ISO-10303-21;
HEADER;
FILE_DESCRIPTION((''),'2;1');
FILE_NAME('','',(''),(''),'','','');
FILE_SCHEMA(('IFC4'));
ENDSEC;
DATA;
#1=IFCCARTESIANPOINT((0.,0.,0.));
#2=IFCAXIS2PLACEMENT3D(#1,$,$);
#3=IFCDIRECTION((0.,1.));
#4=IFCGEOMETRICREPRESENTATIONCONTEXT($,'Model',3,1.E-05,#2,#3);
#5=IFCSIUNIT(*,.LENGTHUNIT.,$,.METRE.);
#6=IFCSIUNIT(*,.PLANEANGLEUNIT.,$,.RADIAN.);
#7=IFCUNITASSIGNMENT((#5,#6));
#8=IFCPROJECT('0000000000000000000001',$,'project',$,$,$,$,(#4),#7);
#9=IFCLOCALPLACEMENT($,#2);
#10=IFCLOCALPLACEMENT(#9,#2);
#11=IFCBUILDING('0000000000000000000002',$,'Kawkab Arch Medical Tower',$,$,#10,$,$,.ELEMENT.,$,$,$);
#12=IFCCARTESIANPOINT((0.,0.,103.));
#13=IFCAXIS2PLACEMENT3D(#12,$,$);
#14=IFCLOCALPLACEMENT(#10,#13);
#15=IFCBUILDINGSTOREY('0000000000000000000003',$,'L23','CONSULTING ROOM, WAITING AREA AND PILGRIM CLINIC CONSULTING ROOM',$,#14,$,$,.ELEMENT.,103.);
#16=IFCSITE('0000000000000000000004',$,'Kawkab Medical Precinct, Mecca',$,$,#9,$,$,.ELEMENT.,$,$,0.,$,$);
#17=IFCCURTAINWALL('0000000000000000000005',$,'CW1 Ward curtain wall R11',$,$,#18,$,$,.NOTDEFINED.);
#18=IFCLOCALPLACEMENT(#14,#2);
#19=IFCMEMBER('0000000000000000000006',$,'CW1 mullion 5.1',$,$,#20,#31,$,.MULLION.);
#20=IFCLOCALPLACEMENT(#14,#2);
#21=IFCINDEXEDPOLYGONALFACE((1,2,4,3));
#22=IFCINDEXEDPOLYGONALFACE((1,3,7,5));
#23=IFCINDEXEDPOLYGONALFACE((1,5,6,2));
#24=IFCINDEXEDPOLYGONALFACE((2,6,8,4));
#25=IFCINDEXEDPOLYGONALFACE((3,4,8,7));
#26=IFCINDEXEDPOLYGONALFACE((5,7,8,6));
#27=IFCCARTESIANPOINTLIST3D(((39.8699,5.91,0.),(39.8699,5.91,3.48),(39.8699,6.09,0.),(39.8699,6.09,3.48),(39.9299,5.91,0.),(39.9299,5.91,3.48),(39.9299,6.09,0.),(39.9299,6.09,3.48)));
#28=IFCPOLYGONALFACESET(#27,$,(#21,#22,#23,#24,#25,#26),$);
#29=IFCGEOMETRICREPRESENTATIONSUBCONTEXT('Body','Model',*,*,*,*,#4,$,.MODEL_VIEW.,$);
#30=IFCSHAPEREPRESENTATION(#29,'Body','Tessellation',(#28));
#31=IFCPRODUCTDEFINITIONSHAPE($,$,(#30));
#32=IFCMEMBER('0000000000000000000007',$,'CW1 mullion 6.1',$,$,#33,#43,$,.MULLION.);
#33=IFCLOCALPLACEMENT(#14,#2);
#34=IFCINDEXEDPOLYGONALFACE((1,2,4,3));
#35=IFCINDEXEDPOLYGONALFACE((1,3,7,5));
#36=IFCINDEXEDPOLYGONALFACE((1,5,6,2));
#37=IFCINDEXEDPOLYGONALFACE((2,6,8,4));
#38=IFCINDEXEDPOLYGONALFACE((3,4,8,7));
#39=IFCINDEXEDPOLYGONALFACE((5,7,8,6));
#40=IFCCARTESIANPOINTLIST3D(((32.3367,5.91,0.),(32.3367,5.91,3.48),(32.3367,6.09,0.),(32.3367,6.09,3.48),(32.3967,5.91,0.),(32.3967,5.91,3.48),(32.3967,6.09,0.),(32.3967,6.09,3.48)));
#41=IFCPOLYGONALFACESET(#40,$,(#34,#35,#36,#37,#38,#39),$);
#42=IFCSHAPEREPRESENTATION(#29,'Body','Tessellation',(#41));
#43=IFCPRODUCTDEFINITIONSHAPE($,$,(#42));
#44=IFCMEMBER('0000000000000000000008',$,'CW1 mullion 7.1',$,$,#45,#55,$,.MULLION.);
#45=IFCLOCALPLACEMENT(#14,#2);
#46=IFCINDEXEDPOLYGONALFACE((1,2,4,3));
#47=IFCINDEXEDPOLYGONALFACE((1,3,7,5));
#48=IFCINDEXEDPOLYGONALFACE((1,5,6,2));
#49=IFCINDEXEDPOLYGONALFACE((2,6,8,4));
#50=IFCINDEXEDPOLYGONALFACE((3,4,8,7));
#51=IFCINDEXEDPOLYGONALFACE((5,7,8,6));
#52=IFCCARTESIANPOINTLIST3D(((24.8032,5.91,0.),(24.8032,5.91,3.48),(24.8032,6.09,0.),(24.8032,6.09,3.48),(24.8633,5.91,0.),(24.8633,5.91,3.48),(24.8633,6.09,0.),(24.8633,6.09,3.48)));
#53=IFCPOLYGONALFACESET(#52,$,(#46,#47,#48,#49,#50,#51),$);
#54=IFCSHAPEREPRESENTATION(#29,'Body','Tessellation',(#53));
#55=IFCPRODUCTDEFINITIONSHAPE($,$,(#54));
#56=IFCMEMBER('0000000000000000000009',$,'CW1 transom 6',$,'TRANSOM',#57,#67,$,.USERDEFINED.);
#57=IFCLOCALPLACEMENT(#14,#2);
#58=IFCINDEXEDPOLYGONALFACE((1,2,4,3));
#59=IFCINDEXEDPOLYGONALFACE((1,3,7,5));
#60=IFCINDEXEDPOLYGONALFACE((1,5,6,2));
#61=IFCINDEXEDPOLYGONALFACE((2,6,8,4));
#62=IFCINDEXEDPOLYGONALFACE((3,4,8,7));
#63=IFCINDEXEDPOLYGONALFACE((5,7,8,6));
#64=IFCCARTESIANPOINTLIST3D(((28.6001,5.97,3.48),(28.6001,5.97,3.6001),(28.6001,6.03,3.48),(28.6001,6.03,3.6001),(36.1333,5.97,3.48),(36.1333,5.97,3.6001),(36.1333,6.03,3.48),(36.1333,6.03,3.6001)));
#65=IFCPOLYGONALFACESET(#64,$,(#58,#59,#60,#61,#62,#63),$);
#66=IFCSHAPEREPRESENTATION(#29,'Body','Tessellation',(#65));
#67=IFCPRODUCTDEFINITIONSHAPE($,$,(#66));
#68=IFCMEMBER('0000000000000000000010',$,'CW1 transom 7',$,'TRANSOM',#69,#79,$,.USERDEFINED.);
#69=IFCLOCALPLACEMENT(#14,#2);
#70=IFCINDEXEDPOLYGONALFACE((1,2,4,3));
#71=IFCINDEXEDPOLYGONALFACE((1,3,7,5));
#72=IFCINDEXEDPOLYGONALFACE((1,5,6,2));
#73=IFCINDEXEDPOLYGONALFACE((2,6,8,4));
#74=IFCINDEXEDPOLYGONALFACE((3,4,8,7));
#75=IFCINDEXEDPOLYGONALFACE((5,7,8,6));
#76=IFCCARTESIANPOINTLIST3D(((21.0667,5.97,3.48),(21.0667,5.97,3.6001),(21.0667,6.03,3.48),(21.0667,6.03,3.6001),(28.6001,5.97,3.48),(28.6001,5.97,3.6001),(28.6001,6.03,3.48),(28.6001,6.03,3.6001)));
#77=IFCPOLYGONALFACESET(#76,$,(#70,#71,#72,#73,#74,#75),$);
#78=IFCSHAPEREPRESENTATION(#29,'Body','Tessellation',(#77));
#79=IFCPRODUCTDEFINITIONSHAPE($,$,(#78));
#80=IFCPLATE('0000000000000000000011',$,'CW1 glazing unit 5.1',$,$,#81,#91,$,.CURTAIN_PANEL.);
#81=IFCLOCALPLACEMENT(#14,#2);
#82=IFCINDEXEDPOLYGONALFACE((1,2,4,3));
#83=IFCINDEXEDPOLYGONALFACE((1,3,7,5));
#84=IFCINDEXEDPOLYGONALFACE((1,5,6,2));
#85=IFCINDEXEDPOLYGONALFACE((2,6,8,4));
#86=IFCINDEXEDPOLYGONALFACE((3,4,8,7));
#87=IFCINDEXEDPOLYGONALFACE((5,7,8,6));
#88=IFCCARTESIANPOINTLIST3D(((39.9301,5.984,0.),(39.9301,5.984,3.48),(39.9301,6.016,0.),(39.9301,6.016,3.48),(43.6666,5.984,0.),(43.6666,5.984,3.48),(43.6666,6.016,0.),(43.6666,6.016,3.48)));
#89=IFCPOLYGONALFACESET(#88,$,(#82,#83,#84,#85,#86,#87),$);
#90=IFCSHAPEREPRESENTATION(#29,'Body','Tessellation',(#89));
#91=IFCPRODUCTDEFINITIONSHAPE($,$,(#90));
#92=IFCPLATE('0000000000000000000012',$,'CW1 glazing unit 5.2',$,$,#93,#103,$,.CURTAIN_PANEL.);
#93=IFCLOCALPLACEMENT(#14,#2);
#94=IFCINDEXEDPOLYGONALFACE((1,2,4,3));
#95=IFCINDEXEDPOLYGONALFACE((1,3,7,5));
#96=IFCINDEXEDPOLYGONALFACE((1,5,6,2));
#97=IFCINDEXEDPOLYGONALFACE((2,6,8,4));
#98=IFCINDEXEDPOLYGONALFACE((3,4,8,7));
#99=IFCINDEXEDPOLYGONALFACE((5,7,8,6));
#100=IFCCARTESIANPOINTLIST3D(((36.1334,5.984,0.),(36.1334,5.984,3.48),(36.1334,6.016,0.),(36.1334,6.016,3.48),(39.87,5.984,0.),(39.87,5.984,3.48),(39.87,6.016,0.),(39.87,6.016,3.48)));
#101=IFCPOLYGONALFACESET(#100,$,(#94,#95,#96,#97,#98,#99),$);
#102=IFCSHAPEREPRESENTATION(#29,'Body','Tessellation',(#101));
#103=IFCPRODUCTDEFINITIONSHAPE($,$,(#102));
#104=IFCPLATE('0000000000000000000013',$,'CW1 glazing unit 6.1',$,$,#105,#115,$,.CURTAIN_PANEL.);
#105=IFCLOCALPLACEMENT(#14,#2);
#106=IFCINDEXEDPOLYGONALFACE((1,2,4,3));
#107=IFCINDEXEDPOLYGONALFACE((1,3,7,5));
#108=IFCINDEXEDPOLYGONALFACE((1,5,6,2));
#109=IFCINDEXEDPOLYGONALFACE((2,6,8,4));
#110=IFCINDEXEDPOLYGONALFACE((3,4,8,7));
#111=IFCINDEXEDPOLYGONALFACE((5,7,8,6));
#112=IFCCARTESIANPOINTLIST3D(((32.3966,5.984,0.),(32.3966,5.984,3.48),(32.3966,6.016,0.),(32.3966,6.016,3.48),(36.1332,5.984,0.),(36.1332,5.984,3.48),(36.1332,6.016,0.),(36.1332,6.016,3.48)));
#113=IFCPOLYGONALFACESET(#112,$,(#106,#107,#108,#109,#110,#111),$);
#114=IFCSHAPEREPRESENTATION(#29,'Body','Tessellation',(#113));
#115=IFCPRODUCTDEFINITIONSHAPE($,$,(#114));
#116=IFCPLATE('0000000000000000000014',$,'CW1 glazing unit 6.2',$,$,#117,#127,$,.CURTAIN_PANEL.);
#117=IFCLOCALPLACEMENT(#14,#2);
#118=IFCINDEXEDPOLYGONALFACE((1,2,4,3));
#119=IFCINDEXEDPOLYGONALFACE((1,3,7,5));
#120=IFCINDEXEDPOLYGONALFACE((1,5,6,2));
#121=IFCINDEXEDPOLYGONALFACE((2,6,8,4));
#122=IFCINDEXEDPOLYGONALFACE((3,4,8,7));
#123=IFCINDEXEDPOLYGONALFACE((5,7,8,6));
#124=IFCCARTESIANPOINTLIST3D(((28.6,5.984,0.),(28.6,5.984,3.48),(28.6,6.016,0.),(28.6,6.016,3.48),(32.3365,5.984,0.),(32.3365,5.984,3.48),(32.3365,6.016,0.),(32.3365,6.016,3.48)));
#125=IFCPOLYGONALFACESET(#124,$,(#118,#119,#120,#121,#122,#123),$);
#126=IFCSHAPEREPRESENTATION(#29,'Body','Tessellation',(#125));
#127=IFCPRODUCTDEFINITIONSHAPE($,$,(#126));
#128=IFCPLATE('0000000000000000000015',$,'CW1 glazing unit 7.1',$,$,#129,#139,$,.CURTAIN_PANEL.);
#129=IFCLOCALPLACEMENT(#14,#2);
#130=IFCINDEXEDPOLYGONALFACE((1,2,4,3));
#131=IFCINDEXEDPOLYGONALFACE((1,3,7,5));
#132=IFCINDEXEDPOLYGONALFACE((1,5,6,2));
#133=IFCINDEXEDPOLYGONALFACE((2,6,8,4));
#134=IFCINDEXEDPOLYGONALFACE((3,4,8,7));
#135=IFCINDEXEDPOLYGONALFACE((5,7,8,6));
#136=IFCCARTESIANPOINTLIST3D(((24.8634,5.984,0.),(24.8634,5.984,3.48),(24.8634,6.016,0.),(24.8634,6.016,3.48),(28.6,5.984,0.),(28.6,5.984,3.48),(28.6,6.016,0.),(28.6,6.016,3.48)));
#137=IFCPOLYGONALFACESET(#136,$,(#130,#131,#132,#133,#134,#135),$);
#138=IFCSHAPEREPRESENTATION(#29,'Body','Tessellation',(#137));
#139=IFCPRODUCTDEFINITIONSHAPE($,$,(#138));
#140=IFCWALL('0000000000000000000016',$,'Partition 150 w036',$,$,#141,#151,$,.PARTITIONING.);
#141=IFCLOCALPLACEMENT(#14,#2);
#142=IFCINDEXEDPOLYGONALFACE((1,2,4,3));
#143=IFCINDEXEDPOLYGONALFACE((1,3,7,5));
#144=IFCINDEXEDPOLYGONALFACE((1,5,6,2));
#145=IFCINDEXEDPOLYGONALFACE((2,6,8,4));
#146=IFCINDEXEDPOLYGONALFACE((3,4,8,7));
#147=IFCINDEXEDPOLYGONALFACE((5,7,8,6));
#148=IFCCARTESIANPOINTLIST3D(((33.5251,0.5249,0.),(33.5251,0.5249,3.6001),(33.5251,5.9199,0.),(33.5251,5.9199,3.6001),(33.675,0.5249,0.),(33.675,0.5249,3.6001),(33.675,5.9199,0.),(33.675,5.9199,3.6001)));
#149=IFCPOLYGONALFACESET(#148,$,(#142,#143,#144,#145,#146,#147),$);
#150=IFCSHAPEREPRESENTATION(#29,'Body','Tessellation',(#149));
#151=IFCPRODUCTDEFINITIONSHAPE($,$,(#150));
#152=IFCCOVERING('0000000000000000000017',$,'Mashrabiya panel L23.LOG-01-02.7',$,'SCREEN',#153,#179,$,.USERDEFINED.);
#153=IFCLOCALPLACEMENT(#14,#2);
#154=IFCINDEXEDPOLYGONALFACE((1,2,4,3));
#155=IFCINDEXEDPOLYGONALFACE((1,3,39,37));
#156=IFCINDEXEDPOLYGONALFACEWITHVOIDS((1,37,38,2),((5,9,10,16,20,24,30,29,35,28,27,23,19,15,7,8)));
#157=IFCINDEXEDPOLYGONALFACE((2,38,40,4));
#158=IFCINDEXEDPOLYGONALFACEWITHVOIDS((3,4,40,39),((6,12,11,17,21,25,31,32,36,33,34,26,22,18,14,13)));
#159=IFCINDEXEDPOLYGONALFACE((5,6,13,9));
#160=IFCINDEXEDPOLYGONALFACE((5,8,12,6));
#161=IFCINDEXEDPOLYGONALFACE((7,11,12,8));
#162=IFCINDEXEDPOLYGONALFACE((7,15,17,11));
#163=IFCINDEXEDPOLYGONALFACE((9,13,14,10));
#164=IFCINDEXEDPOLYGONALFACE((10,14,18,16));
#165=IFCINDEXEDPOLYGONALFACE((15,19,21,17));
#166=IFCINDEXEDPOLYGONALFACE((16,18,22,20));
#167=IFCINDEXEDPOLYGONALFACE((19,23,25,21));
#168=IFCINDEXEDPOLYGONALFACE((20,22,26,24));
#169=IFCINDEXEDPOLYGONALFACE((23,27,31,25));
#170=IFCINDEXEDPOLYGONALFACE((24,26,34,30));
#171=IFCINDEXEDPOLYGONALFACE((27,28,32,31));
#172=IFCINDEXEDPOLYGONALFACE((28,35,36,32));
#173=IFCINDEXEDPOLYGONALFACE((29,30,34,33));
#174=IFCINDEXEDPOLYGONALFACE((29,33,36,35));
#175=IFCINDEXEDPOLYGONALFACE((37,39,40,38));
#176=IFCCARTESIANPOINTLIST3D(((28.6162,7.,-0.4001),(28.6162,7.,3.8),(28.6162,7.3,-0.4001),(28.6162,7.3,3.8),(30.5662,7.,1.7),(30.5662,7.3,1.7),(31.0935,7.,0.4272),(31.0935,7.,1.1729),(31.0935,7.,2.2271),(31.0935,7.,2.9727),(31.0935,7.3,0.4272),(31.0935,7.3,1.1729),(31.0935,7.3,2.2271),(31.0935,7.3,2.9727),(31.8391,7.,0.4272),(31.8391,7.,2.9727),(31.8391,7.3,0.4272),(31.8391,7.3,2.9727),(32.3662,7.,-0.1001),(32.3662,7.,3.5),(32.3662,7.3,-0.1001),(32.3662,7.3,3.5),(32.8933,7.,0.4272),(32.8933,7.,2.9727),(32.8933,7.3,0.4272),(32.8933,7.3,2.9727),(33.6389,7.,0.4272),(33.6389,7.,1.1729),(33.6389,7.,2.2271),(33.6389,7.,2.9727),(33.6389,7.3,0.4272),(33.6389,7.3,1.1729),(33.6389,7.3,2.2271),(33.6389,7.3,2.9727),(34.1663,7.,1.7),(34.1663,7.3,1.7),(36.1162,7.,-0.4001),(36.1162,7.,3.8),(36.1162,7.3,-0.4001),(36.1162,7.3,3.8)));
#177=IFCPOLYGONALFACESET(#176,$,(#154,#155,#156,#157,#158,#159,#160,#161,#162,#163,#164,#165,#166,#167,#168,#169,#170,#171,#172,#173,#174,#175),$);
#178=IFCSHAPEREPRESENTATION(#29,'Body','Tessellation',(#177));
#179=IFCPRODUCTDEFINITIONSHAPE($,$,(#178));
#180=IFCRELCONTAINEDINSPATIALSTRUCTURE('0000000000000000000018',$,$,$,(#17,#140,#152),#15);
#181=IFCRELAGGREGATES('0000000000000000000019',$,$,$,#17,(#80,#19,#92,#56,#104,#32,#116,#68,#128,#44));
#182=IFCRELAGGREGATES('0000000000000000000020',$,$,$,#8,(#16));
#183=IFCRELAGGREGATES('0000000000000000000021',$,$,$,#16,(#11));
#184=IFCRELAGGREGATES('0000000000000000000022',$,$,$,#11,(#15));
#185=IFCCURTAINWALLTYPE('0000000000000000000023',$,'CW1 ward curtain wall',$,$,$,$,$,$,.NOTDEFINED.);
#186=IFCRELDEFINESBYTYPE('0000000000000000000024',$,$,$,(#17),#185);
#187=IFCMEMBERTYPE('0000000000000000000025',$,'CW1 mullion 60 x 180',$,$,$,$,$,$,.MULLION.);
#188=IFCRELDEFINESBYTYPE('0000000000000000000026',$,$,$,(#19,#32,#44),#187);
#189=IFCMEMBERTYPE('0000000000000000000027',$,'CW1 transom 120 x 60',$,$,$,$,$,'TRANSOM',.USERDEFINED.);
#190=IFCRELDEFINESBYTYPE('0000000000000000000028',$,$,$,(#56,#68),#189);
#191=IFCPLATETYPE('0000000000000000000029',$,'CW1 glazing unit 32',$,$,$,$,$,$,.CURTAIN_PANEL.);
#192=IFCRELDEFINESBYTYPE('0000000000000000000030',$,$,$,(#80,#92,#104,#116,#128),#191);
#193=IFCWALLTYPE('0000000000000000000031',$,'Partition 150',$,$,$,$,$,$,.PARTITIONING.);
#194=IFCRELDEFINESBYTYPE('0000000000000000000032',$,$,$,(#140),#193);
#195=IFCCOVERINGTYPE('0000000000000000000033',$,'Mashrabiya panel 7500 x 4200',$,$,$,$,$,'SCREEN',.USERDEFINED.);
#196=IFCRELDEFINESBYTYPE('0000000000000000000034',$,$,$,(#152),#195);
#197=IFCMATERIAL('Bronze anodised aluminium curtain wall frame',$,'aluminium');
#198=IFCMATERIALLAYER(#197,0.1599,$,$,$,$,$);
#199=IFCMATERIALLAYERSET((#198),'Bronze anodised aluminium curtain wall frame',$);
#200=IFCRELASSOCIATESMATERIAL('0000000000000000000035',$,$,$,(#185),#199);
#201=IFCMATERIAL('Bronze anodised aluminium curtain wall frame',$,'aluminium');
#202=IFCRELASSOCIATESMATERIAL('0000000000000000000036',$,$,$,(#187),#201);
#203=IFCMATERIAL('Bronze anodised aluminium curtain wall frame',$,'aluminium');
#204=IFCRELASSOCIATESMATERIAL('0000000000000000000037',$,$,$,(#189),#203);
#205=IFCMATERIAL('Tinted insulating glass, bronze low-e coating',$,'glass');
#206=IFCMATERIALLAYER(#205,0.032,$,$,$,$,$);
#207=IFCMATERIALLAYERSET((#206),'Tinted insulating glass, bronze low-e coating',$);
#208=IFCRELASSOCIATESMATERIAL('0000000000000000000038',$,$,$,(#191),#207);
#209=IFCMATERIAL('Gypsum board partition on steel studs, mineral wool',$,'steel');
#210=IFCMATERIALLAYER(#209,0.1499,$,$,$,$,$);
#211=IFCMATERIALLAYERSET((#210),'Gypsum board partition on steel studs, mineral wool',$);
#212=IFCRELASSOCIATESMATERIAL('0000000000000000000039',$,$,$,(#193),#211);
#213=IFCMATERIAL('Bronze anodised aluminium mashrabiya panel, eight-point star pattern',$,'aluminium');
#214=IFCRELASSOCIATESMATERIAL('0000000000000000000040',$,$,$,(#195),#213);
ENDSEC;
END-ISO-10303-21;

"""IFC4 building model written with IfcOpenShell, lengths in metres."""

from ifc_helpers import new_model, si_unit, direction, frame, frame_2d, origin, origin_2d, place, context, subcontext, project, spatial, polyline, rectangle, outline, extrude, material, layer, layer_set, material_profile, profile_set, type_object, element, aggregate, save


model = new_model("IFC4")

# Units and contexts
model_context = context("Model", 3, precision=1e-05, world=origin(), true_north=direction((0.0, 1.0)))
body_context = subcontext(model_context, "Body", "Model", "MODEL_VIEW")
ifc_project = project(units=[si_unit("LENGTHUNIT", "METRE"), si_unit("PLANEANGLEUNIT", "RADIAN")], contexts=[model_context])

# Site, building, storey
site_placement = place(None, origin())
site = spatial("IfcSite", under=ifc_project, at=site_placement, Name="Kawkab Medical Precinct, Mecca", CompositionType="ELEMENT", RefElevation=0.0)
building_placement = place(site_placement, origin())
building = spatial("IfcBuilding", under=site, at=building_placement, Name="Kawkab Arch Medical Tower", CompositionType="ELEMENT")
storey_placement = place(building_placement, frame((0.0, 0.0, 103.0)))
storey = spatial("IfcBuildingStorey", under=building, at=storey_placement, Name="L23", Description="CONSULTING ROOM, WAITING AREA AND PILGRIM CLINIC CONSULTING ROOM", CompositionType="ELEMENT", Elevation=103.0)

# Curtain wall, members, plates
ifc_material_1 = material(Name="Bronze anodised aluminium curtain wall frame", Category="aluminium")
ifc_layer_1 = layer(ifc_material_1, 0.1599)
ifc_layer_set_1 = layer_set([ifc_layer_1], Name="Bronze anodised aluminium curtain wall frame")
curtain_wall_type = type_object("IfcCurtainWallType", Name="CW1 ward curtain wall", PredefinedType="NOTDEFINED", material=ifc_layer_set_1)
curtain_wall_placement = place(storey_placement, origin())
curtain_wall = element("IfcCurtainWall", 1, at=curtain_wall_placement, inside=storey, type_object=curtain_wall_type, Name="CW1 Ward curtain wall R11", PredefinedType="NOTDEFINED")
ifc_material_2 = material(Name="Bronze anodised aluminium curtain wall frame", Category="aluminium")
ifc_material_profile_1 = material_profile(ifc_material_2, rectangle(XDim=0.1799, YDim=0.0601, at=origin_2d()), Name="AL 60x180")
ifc_profile_set_1 = profile_set([ifc_material_profile_1], Name="Bronze anodised aluminium curtain wall frame")
member_type_1 = type_object("IfcMemberType", Name="CW1 mullion 60 x 180", PredefinedType="MULLION", material=ifc_profile_set_1)
member_1_placement = place(storey_placement, frame((39.8999, 6.0, 0.0), z_axis=(0.0, 0.0, 1.0), x_axis=(0.0, -1.0, 0.0)))
member_1 = element("IfcMember", 2, at=member_1_placement, type_object=member_type_1, Name="CW1 mullion 5.1", PredefinedType="MULLION", context=body_context, shape_type="SweptSolid", body=[
    extrude(rectangle(XDim=0.1799, YDim=0.0601, at=origin_2d()), origin(), (0.0, 0.0, 1.0), 3.48),
])
member_2_placement = place(storey_placement, frame((32.3667, 6.0, 0.0), z_axis=(0.0, 0.0, 1.0), x_axis=(0.0, -1.0, 0.0)))
member_2 = element("IfcMember", 3, at=member_2_placement, type_object=member_type_1, Name="CW1 mullion 6.1", PredefinedType="MULLION", context=body_context, shape_type="SweptSolid", body=[
    extrude(rectangle(XDim=0.1799, YDim=0.0601, at=origin_2d()), origin(), (0.0, 0.0, 1.0), 3.48),
])
member_3_placement = place(storey_placement, frame((24.8333, 6.0, 0.0), z_axis=(0.0, 0.0, 1.0), x_axis=(0.0, -1.0, 0.0)))
member_3 = element("IfcMember", 4, at=member_3_placement, type_object=member_type_1, Name="CW1 mullion 7.1", PredefinedType="MULLION", context=body_context, shape_type="SweptSolid", body=[
    extrude(rectangle(XDim=0.1799, YDim=0.0601, at=origin_2d()), origin(), (0.0, 0.0, 1.0), 3.48),
])
ifc_material_3 = material(Name="Bronze anodised aluminium curtain wall frame", Category="aluminium")
ifc_material_profile_2 = material_profile(ifc_material_3, rectangle(XDim=0.0601, YDim=0.1201, at=origin_2d()), Name="AL 60x120")
ifc_profile_set_2 = profile_set([ifc_material_profile_2], Name="Bronze anodised aluminium curtain wall frame")
member_type_2 = type_object("IfcMemberType", Name="CW1 transom 120 x 60", ElementType="TRANSOM", PredefinedType="USERDEFINED", material=ifc_profile_set_2)
member_4_placement = place(storey_placement, frame((36.1333, 6.0, 3.54), z_axis=(-1.0, 0.0, 0.0), x_axis=(0.0, -1.0, 0.0)))
member_4 = element("IfcMember", 5, at=member_4_placement, type_object=member_type_2, Name="CW1 transom 6", ObjectType="TRANSOM", PredefinedType="USERDEFINED", context=body_context, shape_type="SweptSolid", body=[
    extrude(rectangle(XDim=0.0601, YDim=0.1201, at=origin_2d()), origin(), (0.0, 0.0, 1.0), 7.5332),
])
member_5_placement = place(storey_placement, frame((28.6001, 6.0, 3.54), z_axis=(-1.0, 0.0, 0.0), x_axis=(0.0, -1.0, 0.0)))
member_5 = element("IfcMember", 6, at=member_5_placement, type_object=member_type_2, Name="CW1 transom 7", ObjectType="TRANSOM", PredefinedType="USERDEFINED", context=body_context, shape_type="SweptSolid", body=[
    extrude(rectangle(XDim=0.0601, YDim=0.1201, at=origin_2d()), origin(), (0.0, 0.0, 1.0), 7.5334),
])
ifc_material_4 = material(Name="Tinted insulating glass, bronze low-e coating", Category="glass")
ifc_layer_2 = layer(ifc_material_4, 0.032)
ifc_layer_set_2 = layer_set([ifc_layer_2], Name="Tinted insulating glass, bronze low-e coating")
plate_type = type_object("IfcPlateType", Name="CW1 glazing unit 32", PredefinedType="CURTAIN_PANEL", material=ifc_layer_set_2)
plate_1_placement = place(storey_placement, frame((41.7983, 6.0, 0.0), z_axis=(0.0, 0.0, 1.0), x_axis=(-1.0, 0.0, 0.0)))
plate_1 = element("IfcPlate", 7, at=plate_1_placement, type_object=plate_type, Name="CW1 glazing unit 5.1", PredefinedType="CURTAIN_PANEL", context=body_context, shape_type="SweptSolid", body=[
    extrude(rectangle(XDim=3.7366, YDim=0.032, at=origin_2d()), origin(), (0.0, 0.0, 1.0), 3.48),
])
plate_2_placement = place(storey_placement, frame((38.0017, 6.0, 0.0), z_axis=(0.0, 0.0, 1.0), x_axis=(-1.0, 0.0, 0.0)))
plate_2 = element("IfcPlate", 8, at=plate_2_placement, type_object=plate_type, Name="CW1 glazing unit 5.2", PredefinedType="CURTAIN_PANEL", context=body_context, shape_type="SweptSolid", body=[
    extrude(rectangle(XDim=3.7366, YDim=0.032, at=origin_2d()), origin(), (0.0, 0.0, 1.0), 3.48),
])
plate_3_placement = place(storey_placement, frame((34.2649, 6.0, 0.0), z_axis=(0.0, 0.0, 1.0), x_axis=(-1.0, 0.0, 0.0)))
plate_3 = element("IfcPlate", 9, at=plate_3_placement, type_object=plate_type, Name="CW1 glazing unit 6.1", PredefinedType="CURTAIN_PANEL", context=body_context, shape_type="SweptSolid", body=[
    extrude(rectangle(XDim=3.7366, YDim=0.032, at=origin_2d()), origin(), (0.0, 0.0, 1.0), 3.48),
])
plate_4_placement = place(storey_placement, frame((30.4683, 6.0, 0.0), z_axis=(0.0, 0.0, 1.0), x_axis=(-1.0, 0.0, 0.0)))
plate_4 = element("IfcPlate", 10, at=plate_4_placement, type_object=plate_type, Name="CW1 glazing unit 6.2", PredefinedType="CURTAIN_PANEL", context=body_context, shape_type="SweptSolid", body=[
    extrude(rectangle(XDim=3.7366, YDim=0.032, at=origin_2d()), origin(), (0.0, 0.0, 1.0), 3.48),
])
plate_5_placement = place(storey_placement, frame((26.7317, 6.0, 0.0), z_axis=(0.0, 0.0, 1.0), x_axis=(-1.0, 0.0, 0.0)))
plate_5 = element("IfcPlate", 11, at=plate_5_placement, type_object=plate_type, Name="CW1 glazing unit 7.1", PredefinedType="CURTAIN_PANEL", context=body_context, shape_type="SweptSolid", body=[
    extrude(rectangle(XDim=3.7366, YDim=0.032, at=origin_2d()), origin(), (0.0, 0.0, 1.0), 3.48),
])
aggregate(curtain_wall, [plate_1, member_1, plate_2, member_4, plate_3, member_2, plate_4, member_5, plate_5, member_3])

# Wall
ifc_material_5 = material(Name="Gypsum board partition on steel studs, mineral wool", Category="steel")
ifc_layer_3 = layer(ifc_material_5, 0.1499)
ifc_layer_set_3 = layer_set([ifc_layer_3], Name="Gypsum board partition on steel studs, mineral wool")
wall_type = type_object("IfcWallType", Name="Partition 150", PredefinedType="PARTITIONING", material=ifc_layer_set_3)
wall_placement = place(storey_placement, frame((33.6001, 0.5249, 0.0), z_axis=(0.0, 0.0, 1.0), x_axis=(0.0, 1.0, 0.0)))
element("IfcWall", 12, at=wall_placement, inside=storey, type_object=wall_type, Name="Partition 150 w036", PredefinedType="PARTITIONING", context=body_context, shape_type="SweptSolid", body=[
    extrude(rectangle(XDim=5.395, YDim=0.1499, at=frame_2d((2.6975, 0.0))), origin(), (0.0, 0.0, 1.0), 3.6001),
])

# Covering
ifc_material_6 = material(Name="Bronze anodised aluminium mashrabiya panel, eight-point star pattern", Category="aluminium")
ifc_material_profile_3 = material_profile(ifc_material_6, outline(polyline([(-3.75, -2.1001), (3.75, -2.1001), (3.75, 2.1001), (-3.75, 2.1001), (-3.75, -2.1001)]), holes=[polyline([(1.8, 0.0), (1.2727, 0.5271), (1.2727, 1.2727), (0.5271, 1.2727), (0.0, 1.8), (-0.5271, 1.2727), (-1.2727, 1.2727), (-1.2727, 0.5271), (-1.8, 0.0), (-1.2727, -0.5271), (-1.2727, -1.2727), (-0.5271, -1.2727), (0.0, -1.8), (0.5271, -1.2727), (1.2727, -1.2727), (1.2727, -0.5271), (1.8, 0.0)])]), Name="Mashrabiya panel 7500x4200")
ifc_profile_set_3 = profile_set([ifc_material_profile_3], Name="Bronze anodised aluminium mashrabiya panel, eight-point star pattern")
covering_type_1 = type_object("IfcCoveringType", Name="Mashrabiya panel 7500 x 4200", ElementType="SCREEN", PredefinedType="USERDEFINED", material=ifc_profile_set_3)
covering_1_placement = place(storey_placement, frame((32.3662, 7.0, 1.7), z_axis=(0.0, 1.0, 0.0), x_axis=(-1.0, 0.0, 0.0)))
element("IfcCovering", 13, at=covering_1_placement, inside=storey, type_object=covering_type_1, Name="Mashrabiya panel L23.LOG-01-02.7", ObjectType="SCREEN", PredefinedType="USERDEFINED", context=body_context, shape_type="SweptSolid", body=[
    extrude(outline(polyline([(-3.75, -2.1001), (3.75, -2.1001), (3.75, 2.1001), (-3.75, 2.1001), (-3.75, -2.1001)]), holes=[polyline([(1.8, 0.0), (1.2727, 0.5271), (1.2727, 1.2727), (0.5271, 1.2727), (0.0, 1.8), (-0.5271, 1.2727), (-1.2727, 1.2727), (-1.2727, 0.5271), (-1.8, 0.0), (-1.2727, -0.5271), (-1.2727, -1.2727), (-0.5271, -1.2727), (0.0, -1.8), (0.5271, -1.2727), (1.2727, -1.2727), (1.2727, -0.5271), (1.8, 0.0)])]), origin(), (0.0, 0.0, 1.0), 0.3),
])

save(model, "model.ifc")
